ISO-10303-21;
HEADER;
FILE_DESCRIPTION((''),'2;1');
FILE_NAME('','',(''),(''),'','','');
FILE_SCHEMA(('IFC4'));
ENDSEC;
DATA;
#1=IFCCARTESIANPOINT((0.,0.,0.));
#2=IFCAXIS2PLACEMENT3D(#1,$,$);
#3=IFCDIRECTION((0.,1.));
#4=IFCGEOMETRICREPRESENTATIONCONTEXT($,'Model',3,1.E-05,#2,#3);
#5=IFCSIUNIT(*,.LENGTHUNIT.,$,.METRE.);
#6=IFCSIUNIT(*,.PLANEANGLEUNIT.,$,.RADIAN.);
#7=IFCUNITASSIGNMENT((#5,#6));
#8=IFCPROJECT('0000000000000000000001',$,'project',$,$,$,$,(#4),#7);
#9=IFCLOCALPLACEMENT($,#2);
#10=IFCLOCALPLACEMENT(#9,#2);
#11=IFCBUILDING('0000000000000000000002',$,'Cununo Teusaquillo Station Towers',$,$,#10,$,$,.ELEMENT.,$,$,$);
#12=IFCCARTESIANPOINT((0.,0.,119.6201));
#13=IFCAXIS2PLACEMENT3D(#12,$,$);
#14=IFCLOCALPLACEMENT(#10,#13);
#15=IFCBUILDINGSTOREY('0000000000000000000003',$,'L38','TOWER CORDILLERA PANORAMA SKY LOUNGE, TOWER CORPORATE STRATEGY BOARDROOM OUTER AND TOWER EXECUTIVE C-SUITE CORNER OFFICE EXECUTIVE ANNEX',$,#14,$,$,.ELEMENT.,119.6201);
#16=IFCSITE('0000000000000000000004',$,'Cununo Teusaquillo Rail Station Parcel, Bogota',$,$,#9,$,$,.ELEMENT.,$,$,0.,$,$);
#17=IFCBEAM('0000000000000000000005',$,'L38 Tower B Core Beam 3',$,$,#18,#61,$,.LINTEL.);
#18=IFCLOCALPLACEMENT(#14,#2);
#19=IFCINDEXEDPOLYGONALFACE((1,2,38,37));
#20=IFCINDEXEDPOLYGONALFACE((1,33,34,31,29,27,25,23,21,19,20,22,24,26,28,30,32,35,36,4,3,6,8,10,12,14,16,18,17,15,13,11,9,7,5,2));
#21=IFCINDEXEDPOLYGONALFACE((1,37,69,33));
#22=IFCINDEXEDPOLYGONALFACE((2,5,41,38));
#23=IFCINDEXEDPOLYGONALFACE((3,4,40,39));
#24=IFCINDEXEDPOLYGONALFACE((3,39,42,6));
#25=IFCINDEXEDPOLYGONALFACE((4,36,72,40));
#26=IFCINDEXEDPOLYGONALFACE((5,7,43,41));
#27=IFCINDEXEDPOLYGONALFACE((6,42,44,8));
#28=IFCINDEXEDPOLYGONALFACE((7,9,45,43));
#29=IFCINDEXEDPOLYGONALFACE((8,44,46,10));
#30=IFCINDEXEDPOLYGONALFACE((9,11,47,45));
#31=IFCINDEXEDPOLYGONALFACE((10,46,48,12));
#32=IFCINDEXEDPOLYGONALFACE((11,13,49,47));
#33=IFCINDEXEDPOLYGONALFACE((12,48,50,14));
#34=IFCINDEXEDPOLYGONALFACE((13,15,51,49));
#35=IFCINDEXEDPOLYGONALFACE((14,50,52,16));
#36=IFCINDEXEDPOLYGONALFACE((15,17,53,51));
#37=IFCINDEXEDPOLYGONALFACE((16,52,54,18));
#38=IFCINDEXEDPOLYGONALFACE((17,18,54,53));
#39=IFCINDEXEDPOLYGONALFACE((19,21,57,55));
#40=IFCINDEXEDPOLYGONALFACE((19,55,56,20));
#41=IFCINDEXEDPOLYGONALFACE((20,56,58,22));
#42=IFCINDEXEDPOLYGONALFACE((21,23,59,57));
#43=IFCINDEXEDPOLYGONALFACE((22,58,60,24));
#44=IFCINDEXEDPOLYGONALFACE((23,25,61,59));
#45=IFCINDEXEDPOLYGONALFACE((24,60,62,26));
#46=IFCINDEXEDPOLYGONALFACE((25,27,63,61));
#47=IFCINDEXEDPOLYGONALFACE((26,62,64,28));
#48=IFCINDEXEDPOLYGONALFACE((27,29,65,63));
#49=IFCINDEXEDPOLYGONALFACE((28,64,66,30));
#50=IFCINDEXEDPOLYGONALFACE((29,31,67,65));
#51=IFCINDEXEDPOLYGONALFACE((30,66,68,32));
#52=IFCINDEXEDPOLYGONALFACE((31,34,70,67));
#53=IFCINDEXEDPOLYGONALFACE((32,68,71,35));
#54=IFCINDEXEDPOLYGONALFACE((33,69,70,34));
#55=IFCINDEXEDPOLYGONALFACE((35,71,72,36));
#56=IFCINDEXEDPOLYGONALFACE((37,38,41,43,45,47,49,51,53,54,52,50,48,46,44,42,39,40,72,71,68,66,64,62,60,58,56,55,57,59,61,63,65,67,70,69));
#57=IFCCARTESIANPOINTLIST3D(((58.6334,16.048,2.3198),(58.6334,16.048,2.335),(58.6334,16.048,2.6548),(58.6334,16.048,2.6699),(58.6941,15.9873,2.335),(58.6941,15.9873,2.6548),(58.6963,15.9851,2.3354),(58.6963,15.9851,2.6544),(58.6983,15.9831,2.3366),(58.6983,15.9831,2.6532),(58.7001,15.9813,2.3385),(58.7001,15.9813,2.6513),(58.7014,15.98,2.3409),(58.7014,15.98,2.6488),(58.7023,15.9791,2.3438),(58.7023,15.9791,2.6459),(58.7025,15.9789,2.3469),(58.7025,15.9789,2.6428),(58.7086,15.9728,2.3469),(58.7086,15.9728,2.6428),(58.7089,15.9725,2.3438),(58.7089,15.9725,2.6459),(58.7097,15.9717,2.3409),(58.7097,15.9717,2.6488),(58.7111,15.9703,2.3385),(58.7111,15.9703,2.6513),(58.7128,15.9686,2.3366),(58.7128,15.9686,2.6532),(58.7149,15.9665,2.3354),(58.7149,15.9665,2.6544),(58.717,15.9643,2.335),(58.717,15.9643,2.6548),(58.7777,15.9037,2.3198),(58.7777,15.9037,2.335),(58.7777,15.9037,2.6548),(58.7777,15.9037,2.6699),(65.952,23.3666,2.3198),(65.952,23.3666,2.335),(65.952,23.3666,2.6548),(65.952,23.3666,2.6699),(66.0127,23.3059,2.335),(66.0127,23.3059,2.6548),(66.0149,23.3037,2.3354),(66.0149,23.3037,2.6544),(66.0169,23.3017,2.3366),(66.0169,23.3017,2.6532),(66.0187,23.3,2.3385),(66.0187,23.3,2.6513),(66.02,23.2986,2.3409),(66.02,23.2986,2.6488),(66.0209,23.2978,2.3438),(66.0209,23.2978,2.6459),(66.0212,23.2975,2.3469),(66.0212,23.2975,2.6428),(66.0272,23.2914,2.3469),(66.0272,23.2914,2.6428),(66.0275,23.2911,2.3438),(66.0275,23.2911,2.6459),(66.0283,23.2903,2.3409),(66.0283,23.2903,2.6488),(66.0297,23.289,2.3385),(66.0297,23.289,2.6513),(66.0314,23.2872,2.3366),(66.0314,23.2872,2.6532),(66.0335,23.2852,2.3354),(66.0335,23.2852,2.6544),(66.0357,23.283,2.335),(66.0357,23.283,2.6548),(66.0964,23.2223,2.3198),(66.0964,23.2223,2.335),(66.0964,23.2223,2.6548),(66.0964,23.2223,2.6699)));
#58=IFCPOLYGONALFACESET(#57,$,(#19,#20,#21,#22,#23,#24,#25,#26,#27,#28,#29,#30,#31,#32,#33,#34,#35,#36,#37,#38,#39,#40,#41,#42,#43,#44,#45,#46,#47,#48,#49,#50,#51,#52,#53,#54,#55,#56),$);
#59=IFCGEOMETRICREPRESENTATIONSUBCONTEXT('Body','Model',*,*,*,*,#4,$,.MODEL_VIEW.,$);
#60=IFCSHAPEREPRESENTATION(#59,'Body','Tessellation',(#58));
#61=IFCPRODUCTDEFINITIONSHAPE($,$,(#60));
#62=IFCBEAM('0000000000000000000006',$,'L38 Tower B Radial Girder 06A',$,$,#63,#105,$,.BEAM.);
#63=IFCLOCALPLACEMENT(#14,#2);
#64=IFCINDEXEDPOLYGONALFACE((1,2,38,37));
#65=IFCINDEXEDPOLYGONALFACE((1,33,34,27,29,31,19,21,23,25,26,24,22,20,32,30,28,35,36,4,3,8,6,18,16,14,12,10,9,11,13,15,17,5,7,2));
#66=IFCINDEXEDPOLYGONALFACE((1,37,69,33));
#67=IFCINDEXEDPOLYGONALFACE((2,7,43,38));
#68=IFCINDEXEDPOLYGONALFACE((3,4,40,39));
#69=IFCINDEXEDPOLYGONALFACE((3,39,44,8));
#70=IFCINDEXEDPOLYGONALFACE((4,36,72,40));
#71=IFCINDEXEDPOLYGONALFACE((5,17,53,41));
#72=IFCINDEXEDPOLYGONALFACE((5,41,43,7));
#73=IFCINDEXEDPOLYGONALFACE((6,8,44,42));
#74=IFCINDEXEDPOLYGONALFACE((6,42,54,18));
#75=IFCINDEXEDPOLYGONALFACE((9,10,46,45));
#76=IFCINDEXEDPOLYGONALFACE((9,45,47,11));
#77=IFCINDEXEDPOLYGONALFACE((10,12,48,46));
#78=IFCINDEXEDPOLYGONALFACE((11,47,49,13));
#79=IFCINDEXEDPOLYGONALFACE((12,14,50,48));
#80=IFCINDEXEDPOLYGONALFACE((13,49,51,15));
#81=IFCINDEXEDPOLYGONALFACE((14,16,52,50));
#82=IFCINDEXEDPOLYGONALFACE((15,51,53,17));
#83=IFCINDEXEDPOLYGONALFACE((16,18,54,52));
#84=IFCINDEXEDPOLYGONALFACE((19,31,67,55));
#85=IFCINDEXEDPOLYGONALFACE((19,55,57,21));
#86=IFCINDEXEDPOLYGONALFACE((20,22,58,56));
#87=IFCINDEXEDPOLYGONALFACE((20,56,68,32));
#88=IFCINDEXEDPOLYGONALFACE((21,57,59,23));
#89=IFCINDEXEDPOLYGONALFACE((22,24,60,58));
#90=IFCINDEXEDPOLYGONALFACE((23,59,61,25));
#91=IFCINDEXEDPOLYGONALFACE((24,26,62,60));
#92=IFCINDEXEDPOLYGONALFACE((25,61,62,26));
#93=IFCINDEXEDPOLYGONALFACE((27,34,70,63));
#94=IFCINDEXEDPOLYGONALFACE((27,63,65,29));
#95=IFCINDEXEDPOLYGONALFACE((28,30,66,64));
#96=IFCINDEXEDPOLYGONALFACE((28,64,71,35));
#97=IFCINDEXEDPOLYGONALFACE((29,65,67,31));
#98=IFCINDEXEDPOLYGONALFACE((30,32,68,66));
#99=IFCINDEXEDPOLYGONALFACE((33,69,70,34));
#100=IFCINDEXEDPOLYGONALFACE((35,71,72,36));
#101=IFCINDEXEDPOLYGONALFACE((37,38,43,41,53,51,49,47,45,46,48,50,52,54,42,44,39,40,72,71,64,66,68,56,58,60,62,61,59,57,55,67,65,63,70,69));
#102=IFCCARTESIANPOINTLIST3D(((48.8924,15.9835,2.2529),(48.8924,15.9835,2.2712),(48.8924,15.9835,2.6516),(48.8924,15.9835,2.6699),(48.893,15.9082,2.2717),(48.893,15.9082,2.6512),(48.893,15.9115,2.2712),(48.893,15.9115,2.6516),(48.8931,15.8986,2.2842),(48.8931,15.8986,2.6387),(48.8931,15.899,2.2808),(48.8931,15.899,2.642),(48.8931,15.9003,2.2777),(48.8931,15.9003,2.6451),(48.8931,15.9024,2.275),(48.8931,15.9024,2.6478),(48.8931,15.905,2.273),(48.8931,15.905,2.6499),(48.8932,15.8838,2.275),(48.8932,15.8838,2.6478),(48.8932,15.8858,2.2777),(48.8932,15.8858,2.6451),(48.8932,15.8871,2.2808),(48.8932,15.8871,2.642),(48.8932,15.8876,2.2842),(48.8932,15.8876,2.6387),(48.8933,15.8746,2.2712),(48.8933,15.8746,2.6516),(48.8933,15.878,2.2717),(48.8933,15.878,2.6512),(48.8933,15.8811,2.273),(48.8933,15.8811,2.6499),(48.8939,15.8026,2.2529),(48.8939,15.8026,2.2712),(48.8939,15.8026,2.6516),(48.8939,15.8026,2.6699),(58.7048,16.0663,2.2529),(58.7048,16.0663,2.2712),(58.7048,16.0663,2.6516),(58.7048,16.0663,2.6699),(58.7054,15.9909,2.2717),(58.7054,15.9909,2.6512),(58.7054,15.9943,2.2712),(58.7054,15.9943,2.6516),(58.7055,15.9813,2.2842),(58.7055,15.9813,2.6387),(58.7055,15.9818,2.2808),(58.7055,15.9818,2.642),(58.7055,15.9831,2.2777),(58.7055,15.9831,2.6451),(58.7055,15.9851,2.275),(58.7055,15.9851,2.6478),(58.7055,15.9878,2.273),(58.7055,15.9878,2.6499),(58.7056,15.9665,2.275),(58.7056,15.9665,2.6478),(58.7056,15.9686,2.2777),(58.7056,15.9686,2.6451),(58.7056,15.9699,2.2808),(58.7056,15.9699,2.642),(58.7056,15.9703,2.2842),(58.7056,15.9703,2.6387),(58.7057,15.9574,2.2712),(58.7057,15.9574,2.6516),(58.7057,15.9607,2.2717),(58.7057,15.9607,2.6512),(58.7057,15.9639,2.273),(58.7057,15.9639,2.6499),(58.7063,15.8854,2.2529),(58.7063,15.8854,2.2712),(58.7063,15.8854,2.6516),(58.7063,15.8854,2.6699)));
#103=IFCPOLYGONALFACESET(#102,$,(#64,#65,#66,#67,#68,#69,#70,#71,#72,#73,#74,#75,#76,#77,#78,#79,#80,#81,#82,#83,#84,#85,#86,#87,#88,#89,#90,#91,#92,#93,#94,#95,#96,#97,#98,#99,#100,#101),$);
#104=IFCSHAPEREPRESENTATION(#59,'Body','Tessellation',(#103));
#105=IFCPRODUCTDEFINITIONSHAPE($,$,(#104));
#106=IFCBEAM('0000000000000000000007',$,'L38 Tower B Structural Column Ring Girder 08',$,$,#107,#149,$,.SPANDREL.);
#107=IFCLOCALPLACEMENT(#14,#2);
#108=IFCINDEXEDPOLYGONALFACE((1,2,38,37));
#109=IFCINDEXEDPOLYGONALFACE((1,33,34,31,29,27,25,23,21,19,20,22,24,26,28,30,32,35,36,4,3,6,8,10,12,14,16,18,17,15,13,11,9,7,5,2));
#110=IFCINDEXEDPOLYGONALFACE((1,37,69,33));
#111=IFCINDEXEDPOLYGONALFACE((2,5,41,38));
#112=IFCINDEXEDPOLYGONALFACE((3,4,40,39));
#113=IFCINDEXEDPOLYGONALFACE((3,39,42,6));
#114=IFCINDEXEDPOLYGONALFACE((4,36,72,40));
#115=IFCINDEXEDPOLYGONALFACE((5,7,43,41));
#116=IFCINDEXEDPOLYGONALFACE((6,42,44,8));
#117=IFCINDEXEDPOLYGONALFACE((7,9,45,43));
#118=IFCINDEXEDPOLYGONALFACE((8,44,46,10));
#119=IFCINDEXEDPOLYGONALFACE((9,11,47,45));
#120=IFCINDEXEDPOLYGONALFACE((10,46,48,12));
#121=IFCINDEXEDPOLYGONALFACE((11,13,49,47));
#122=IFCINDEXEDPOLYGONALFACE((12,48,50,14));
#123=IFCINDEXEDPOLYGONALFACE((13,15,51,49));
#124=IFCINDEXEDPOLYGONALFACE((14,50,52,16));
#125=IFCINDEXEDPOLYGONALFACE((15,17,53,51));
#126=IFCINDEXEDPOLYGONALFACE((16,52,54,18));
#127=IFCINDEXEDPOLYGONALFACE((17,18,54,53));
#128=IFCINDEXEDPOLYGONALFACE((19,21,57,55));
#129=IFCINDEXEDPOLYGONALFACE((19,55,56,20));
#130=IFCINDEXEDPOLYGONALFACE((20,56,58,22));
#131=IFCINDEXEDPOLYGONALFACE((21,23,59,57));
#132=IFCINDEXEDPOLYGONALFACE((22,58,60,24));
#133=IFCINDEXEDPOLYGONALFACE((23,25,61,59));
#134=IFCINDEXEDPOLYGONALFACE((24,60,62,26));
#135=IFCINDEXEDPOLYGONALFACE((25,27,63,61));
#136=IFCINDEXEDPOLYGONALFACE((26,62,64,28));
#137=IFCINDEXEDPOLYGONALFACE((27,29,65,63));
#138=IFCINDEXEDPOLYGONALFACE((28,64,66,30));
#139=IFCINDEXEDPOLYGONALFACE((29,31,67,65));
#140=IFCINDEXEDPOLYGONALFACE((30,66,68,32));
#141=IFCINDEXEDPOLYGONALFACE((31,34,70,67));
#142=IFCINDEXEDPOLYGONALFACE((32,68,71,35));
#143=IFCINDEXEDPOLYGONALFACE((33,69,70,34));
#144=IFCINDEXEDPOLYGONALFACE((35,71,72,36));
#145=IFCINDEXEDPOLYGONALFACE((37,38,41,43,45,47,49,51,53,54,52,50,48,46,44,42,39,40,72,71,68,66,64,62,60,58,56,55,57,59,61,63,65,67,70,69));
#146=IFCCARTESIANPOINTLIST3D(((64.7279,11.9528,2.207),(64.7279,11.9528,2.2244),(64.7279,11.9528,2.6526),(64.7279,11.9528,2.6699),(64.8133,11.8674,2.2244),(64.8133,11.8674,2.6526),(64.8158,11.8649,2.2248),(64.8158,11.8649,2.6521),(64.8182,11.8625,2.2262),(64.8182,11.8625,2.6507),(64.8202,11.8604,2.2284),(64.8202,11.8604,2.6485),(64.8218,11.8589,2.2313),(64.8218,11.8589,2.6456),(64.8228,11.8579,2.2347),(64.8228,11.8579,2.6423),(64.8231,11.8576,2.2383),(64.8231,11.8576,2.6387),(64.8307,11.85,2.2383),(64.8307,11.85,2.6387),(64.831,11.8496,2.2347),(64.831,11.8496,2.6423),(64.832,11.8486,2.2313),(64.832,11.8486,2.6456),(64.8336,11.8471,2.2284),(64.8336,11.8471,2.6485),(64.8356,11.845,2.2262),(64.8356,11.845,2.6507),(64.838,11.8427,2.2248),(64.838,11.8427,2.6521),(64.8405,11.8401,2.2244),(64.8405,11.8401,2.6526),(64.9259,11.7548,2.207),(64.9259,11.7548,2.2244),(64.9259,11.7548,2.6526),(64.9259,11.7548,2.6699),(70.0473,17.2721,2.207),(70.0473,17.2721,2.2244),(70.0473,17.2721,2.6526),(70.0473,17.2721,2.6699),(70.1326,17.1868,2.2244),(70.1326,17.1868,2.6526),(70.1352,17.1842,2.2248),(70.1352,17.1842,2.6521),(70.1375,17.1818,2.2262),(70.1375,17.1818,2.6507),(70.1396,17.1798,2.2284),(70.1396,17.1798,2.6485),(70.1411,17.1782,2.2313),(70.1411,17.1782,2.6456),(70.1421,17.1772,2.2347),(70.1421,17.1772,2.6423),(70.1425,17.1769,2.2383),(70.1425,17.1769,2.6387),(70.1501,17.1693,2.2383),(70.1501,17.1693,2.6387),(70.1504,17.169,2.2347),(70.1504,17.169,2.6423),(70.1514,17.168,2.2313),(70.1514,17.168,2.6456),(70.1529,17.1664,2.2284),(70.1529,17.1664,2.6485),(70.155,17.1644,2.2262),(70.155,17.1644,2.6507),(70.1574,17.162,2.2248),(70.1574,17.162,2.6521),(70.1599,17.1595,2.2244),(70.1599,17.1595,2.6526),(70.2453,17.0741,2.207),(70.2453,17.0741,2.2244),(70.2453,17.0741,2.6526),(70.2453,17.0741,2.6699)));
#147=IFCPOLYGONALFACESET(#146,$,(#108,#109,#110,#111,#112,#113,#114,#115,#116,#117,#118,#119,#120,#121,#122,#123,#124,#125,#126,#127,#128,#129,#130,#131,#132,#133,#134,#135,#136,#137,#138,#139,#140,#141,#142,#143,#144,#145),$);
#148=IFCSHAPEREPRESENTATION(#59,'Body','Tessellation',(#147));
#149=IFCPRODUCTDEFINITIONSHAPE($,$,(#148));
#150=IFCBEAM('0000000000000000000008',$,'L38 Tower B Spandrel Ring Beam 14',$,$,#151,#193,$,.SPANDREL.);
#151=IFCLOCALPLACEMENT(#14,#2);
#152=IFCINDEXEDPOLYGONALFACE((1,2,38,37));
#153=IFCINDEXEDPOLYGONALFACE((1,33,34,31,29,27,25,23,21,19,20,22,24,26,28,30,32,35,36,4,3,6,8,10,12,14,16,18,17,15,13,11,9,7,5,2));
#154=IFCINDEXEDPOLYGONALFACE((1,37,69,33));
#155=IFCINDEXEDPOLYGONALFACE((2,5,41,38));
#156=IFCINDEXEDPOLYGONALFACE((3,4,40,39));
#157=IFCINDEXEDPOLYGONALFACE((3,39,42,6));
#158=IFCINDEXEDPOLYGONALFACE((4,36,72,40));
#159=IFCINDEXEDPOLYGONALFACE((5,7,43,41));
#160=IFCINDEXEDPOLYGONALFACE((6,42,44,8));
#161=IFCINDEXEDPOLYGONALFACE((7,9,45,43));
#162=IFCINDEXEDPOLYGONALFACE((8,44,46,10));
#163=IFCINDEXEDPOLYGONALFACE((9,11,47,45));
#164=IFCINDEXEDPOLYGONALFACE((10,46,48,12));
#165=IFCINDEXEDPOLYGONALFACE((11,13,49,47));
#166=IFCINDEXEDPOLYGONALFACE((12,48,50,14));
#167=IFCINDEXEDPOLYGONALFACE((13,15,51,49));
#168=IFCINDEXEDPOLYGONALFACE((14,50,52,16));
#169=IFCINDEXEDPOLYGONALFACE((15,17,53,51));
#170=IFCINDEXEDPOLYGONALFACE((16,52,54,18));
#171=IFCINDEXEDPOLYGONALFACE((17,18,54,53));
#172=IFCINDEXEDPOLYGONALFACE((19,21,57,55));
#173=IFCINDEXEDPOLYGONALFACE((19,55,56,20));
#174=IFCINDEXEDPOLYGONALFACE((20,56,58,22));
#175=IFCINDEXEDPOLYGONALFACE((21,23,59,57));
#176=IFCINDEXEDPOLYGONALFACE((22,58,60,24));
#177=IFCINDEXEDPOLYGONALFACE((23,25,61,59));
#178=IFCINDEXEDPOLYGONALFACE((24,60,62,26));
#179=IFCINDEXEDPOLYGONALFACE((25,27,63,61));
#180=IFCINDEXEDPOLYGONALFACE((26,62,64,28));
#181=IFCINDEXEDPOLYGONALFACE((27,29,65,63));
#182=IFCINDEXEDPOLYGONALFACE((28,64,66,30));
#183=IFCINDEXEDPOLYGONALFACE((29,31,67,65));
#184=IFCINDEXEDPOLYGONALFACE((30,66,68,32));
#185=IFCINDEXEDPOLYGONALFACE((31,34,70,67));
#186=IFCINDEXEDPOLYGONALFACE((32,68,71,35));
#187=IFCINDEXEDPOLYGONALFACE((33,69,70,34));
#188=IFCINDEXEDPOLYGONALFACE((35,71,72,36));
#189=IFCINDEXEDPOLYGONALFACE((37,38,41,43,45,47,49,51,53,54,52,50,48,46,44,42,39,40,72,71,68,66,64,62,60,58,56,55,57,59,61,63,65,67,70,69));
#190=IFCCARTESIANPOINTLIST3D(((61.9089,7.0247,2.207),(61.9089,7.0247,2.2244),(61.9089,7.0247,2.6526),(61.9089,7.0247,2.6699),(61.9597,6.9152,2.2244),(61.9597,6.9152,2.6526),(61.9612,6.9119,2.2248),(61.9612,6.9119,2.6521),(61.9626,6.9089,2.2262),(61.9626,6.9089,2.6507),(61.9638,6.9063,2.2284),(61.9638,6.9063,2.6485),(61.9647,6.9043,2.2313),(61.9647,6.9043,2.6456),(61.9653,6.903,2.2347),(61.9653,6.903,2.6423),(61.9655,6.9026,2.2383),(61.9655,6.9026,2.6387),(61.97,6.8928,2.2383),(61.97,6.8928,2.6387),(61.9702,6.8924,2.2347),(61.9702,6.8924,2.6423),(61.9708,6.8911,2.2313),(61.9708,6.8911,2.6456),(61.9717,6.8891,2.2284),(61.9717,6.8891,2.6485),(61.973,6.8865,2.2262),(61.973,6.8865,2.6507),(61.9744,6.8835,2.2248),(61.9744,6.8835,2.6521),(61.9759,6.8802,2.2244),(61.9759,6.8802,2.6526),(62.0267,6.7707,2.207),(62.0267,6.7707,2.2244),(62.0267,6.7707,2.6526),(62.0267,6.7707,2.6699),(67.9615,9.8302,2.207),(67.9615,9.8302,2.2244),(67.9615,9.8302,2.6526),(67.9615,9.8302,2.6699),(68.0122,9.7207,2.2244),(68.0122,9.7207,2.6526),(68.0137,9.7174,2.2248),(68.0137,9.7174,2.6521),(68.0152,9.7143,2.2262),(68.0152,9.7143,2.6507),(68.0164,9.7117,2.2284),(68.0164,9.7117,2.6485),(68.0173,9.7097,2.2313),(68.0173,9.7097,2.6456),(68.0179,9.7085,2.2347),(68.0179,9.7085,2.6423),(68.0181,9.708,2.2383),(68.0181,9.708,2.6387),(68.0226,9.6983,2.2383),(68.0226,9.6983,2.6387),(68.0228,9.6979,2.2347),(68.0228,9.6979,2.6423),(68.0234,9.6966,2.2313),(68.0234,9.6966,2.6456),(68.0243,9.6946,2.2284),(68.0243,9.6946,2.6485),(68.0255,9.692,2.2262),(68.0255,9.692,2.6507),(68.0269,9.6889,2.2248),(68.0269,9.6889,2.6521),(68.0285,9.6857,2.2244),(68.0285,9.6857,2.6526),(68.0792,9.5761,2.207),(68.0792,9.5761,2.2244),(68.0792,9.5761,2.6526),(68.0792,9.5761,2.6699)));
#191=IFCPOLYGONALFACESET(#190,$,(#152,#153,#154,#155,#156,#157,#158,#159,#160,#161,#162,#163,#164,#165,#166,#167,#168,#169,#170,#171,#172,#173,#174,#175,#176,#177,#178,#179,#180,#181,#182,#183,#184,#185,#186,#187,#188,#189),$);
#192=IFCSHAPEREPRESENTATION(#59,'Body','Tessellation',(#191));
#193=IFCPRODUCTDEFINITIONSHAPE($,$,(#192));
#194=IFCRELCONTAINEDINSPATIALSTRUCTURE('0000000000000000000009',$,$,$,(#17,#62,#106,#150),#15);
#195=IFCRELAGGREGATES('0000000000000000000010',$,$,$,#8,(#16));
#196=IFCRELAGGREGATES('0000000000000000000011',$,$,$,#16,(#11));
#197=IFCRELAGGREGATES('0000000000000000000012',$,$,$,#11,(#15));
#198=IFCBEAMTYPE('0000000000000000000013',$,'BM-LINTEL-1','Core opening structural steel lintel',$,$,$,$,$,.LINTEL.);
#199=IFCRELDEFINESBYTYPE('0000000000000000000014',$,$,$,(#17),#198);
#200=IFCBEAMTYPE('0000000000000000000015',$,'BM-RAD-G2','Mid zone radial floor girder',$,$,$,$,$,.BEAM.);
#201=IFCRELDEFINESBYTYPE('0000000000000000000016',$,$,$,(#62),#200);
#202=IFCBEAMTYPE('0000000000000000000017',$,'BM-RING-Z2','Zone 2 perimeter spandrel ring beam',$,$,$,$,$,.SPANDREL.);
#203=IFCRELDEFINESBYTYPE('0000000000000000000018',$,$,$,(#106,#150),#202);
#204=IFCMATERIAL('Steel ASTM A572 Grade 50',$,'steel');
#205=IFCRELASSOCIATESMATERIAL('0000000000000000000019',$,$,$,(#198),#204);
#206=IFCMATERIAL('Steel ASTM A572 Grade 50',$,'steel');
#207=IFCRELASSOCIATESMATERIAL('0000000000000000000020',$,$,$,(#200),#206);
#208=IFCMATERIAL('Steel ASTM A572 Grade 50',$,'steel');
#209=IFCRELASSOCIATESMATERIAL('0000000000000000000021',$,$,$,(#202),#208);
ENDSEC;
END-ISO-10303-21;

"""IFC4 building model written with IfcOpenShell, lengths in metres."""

from ifc_helpers import new_model, si_unit, direction, frame, origin, origin_2d, place, context, subcontext, project, spatial, i_section, extrude, material, material_profile, profile_set, type_object, element, save


model = new_model("IFC4")

# Units and contexts
model_context = context("Model", 3, precision=1e-05, world=origin(), true_north=direction((0.0, 1.0)))
body_context = subcontext(model_context, "Body", "Model", "MODEL_VIEW")
ifc_project = project(units=[si_unit("LENGTHUNIT", "METRE"), si_unit("PLANEANGLEUNIT", "RADIAN")], contexts=[model_context])

# Site, building, storey
site_placement = place(None, origin())
site = spatial("IfcSite", under=ifc_project, at=site_placement, Name="Cununo Teusaquillo Rail Station Parcel, Bogota", CompositionType="ELEMENT", RefElevation=0.0)
building_placement = place(site_placement, origin())
building = spatial("IfcBuilding", under=site, at=building_placement, Name="Cununo Teusaquillo Station Towers", CompositionType="ELEMENT")
storey_placement = place(building_placement, frame((0.0, 0.0, 119.6201)))
storey = spatial("IfcBuildingStorey", under=building, at=storey_placement, Name="L38", Description="TOWER CORDILLERA PANORAMA SKY LOUNGE, TOWER CORPORATE STRATEGY BOARDROOM OUTER AND TOWER EXECUTIVE C-SUITE CORNER OFFICE EXECUTIVE ANNEX", CompositionType="ELEMENT", Elevation=119.6201)

# Beams
ifc_material_1 = material(Name="Steel ASTM A572 Grade 50", Category="steel")
ifc_material_profile_1 = material_profile(ifc_material_1, i_section(OverallWidth=0.2041, OverallDepth=0.3501, WebThickness=0.0085, FlangeThickness=0.0151, FilletRadius=0.012, at=origin_2d()), Name="W14X48")
ifc_profile_set_1 = profile_set([ifc_material_profile_1], Name="Steel ASTM A572 Grade 50")
beam_type_1 = type_object("IfcBeamType", Name="BM-LINTEL-1", Description="Core opening structural steel lintel", PredefinedType="LINTEL", material=ifc_profile_set_1)
beam_1_placement = place(storey_placement, frame((58.7056, 15.9758, 2.4949), z_axis=(0.707107, 0.707107, 0.0), x_axis=(-0.707107, 0.707107, 0.0)))
element("IfcBeam", 1, at=beam_1_placement, inside=storey, type_object=beam_type_1, Name="L38 Tower B Core Beam 3", PredefinedType="LINTEL", context=body_context, shape_type="SweptSolid", body=[
    extrude(i_section(OverallWidth=0.2041, OverallDepth=0.3501, WebThickness=0.0085, FlangeThickness=0.0151, FilletRadius=0.012, at=origin_2d()), origin(), (0.0, 0.0, 1.0), 10.3501),
])
ifc_material_2 = material(Name="Steel ASTM A572 Grade 50", Category="steel")
ifc_material_profile_2 = material_profile(ifc_material_2, i_section(OverallWidth=0.1809, OverallDepth=0.417, WebThickness=0.011, FlangeThickness=0.0183, FilletRadius=0.0129, at=origin_2d()), Name="W16X57")
ifc_profile_set_2 = profile_set([ifc_material_profile_2], Name="Steel ASTM A572 Grade 50")
beam_type_2 = type_object("IfcBeamType", Name="BM-RAD-G2", Description="Mid zone radial floor girder", PredefinedType="BEAM", material=ifc_profile_set_2)
beam_2_placement = place(storey_placement, frame((58.7056, 15.9758, 2.4614), z_axis=(-0.999964, -0.008434, 0.0), x_axis=(0.008434, -0.999964, 0.0)))
element("IfcBeam", 2, at=beam_2_placement, inside=storey, type_object=beam_type_2, Name="L38 Tower B Radial Girder 06A", PredefinedType="BEAM", context=body_context, shape_type="SweptSolid", body=[
    extrude(i_section(OverallWidth=0.1809, OverallDepth=0.417, WebThickness=0.011, FlangeThickness=0.0183, FilletRadius=0.0129, at=origin_2d()), origin(), (0.0, 0.0, 1.0), 9.8127),
])
ifc_material_3 = material(Name="Steel ASTM A572 Grade 50", Category="steel")
ifc_material_profile_3 = material_profile(ifc_material_3, i_section(OverallWidth=0.28, OverallDepth=0.4629, WebThickness=0.0107, FlangeThickness=0.0173, FilletRadius=0.0139, at=origin_2d()), Name="W18X76")
ifc_profile_set_3 = profile_set([ifc_material_profile_3], Name="Steel ASTM A572 Grade 50")
beam_type_3 = type_object("IfcBeamType", Name="BM-RING-Z2", Description="Zone 2 perimeter spandrel ring beam", PredefinedType="SPANDREL", material=ifc_profile_set_3)
beam_3_placement = place(storey_placement, frame((64.8269, 11.8538, 2.4385), z_axis=(0.707107, 0.707107, 0.0), x_axis=(-0.707107, 0.707107, 0.0)))
element("IfcBeam", 3, at=beam_3_placement, inside=storey, type_object=beam_type_3, Name="L38 Tower B Structural Column Ring Girder 08", PredefinedType="SPANDREL", context=body_context, shape_type="SweptSolid", body=[
    extrude(i_section(OverallWidth=0.28, OverallDepth=0.4629, WebThickness=0.0107, FlangeThickness=0.0173, FilletRadius=0.0139, at=origin_2d()), origin(), (0.0, 0.0, 1.0), 7.5227),
])
beam_4_placement = place(storey_placement, frame((61.9678, 6.8977, 2.4385), z_axis=(0.907276, 0.420536, 0.0), x_axis=(-0.420536, 0.907276, 0.0)))
element("IfcBeam", 4, at=beam_4_placement, inside=storey, type_object=beam_type_3, Name="L38 Tower B Spandrel Ring Beam 14", PredefinedType="SPANDREL", context=body_context, shape_type="SweptSolid", body=[
    extrude(i_section(OverallWidth=0.28, OverallDepth=0.4629, WebThickness=0.0107, FlangeThickness=0.0173, FilletRadius=0.0139, at=origin_2d()), origin(), (0.0, 0.0, 1.0), 6.6711),
])

save(model, "model.ifc")
